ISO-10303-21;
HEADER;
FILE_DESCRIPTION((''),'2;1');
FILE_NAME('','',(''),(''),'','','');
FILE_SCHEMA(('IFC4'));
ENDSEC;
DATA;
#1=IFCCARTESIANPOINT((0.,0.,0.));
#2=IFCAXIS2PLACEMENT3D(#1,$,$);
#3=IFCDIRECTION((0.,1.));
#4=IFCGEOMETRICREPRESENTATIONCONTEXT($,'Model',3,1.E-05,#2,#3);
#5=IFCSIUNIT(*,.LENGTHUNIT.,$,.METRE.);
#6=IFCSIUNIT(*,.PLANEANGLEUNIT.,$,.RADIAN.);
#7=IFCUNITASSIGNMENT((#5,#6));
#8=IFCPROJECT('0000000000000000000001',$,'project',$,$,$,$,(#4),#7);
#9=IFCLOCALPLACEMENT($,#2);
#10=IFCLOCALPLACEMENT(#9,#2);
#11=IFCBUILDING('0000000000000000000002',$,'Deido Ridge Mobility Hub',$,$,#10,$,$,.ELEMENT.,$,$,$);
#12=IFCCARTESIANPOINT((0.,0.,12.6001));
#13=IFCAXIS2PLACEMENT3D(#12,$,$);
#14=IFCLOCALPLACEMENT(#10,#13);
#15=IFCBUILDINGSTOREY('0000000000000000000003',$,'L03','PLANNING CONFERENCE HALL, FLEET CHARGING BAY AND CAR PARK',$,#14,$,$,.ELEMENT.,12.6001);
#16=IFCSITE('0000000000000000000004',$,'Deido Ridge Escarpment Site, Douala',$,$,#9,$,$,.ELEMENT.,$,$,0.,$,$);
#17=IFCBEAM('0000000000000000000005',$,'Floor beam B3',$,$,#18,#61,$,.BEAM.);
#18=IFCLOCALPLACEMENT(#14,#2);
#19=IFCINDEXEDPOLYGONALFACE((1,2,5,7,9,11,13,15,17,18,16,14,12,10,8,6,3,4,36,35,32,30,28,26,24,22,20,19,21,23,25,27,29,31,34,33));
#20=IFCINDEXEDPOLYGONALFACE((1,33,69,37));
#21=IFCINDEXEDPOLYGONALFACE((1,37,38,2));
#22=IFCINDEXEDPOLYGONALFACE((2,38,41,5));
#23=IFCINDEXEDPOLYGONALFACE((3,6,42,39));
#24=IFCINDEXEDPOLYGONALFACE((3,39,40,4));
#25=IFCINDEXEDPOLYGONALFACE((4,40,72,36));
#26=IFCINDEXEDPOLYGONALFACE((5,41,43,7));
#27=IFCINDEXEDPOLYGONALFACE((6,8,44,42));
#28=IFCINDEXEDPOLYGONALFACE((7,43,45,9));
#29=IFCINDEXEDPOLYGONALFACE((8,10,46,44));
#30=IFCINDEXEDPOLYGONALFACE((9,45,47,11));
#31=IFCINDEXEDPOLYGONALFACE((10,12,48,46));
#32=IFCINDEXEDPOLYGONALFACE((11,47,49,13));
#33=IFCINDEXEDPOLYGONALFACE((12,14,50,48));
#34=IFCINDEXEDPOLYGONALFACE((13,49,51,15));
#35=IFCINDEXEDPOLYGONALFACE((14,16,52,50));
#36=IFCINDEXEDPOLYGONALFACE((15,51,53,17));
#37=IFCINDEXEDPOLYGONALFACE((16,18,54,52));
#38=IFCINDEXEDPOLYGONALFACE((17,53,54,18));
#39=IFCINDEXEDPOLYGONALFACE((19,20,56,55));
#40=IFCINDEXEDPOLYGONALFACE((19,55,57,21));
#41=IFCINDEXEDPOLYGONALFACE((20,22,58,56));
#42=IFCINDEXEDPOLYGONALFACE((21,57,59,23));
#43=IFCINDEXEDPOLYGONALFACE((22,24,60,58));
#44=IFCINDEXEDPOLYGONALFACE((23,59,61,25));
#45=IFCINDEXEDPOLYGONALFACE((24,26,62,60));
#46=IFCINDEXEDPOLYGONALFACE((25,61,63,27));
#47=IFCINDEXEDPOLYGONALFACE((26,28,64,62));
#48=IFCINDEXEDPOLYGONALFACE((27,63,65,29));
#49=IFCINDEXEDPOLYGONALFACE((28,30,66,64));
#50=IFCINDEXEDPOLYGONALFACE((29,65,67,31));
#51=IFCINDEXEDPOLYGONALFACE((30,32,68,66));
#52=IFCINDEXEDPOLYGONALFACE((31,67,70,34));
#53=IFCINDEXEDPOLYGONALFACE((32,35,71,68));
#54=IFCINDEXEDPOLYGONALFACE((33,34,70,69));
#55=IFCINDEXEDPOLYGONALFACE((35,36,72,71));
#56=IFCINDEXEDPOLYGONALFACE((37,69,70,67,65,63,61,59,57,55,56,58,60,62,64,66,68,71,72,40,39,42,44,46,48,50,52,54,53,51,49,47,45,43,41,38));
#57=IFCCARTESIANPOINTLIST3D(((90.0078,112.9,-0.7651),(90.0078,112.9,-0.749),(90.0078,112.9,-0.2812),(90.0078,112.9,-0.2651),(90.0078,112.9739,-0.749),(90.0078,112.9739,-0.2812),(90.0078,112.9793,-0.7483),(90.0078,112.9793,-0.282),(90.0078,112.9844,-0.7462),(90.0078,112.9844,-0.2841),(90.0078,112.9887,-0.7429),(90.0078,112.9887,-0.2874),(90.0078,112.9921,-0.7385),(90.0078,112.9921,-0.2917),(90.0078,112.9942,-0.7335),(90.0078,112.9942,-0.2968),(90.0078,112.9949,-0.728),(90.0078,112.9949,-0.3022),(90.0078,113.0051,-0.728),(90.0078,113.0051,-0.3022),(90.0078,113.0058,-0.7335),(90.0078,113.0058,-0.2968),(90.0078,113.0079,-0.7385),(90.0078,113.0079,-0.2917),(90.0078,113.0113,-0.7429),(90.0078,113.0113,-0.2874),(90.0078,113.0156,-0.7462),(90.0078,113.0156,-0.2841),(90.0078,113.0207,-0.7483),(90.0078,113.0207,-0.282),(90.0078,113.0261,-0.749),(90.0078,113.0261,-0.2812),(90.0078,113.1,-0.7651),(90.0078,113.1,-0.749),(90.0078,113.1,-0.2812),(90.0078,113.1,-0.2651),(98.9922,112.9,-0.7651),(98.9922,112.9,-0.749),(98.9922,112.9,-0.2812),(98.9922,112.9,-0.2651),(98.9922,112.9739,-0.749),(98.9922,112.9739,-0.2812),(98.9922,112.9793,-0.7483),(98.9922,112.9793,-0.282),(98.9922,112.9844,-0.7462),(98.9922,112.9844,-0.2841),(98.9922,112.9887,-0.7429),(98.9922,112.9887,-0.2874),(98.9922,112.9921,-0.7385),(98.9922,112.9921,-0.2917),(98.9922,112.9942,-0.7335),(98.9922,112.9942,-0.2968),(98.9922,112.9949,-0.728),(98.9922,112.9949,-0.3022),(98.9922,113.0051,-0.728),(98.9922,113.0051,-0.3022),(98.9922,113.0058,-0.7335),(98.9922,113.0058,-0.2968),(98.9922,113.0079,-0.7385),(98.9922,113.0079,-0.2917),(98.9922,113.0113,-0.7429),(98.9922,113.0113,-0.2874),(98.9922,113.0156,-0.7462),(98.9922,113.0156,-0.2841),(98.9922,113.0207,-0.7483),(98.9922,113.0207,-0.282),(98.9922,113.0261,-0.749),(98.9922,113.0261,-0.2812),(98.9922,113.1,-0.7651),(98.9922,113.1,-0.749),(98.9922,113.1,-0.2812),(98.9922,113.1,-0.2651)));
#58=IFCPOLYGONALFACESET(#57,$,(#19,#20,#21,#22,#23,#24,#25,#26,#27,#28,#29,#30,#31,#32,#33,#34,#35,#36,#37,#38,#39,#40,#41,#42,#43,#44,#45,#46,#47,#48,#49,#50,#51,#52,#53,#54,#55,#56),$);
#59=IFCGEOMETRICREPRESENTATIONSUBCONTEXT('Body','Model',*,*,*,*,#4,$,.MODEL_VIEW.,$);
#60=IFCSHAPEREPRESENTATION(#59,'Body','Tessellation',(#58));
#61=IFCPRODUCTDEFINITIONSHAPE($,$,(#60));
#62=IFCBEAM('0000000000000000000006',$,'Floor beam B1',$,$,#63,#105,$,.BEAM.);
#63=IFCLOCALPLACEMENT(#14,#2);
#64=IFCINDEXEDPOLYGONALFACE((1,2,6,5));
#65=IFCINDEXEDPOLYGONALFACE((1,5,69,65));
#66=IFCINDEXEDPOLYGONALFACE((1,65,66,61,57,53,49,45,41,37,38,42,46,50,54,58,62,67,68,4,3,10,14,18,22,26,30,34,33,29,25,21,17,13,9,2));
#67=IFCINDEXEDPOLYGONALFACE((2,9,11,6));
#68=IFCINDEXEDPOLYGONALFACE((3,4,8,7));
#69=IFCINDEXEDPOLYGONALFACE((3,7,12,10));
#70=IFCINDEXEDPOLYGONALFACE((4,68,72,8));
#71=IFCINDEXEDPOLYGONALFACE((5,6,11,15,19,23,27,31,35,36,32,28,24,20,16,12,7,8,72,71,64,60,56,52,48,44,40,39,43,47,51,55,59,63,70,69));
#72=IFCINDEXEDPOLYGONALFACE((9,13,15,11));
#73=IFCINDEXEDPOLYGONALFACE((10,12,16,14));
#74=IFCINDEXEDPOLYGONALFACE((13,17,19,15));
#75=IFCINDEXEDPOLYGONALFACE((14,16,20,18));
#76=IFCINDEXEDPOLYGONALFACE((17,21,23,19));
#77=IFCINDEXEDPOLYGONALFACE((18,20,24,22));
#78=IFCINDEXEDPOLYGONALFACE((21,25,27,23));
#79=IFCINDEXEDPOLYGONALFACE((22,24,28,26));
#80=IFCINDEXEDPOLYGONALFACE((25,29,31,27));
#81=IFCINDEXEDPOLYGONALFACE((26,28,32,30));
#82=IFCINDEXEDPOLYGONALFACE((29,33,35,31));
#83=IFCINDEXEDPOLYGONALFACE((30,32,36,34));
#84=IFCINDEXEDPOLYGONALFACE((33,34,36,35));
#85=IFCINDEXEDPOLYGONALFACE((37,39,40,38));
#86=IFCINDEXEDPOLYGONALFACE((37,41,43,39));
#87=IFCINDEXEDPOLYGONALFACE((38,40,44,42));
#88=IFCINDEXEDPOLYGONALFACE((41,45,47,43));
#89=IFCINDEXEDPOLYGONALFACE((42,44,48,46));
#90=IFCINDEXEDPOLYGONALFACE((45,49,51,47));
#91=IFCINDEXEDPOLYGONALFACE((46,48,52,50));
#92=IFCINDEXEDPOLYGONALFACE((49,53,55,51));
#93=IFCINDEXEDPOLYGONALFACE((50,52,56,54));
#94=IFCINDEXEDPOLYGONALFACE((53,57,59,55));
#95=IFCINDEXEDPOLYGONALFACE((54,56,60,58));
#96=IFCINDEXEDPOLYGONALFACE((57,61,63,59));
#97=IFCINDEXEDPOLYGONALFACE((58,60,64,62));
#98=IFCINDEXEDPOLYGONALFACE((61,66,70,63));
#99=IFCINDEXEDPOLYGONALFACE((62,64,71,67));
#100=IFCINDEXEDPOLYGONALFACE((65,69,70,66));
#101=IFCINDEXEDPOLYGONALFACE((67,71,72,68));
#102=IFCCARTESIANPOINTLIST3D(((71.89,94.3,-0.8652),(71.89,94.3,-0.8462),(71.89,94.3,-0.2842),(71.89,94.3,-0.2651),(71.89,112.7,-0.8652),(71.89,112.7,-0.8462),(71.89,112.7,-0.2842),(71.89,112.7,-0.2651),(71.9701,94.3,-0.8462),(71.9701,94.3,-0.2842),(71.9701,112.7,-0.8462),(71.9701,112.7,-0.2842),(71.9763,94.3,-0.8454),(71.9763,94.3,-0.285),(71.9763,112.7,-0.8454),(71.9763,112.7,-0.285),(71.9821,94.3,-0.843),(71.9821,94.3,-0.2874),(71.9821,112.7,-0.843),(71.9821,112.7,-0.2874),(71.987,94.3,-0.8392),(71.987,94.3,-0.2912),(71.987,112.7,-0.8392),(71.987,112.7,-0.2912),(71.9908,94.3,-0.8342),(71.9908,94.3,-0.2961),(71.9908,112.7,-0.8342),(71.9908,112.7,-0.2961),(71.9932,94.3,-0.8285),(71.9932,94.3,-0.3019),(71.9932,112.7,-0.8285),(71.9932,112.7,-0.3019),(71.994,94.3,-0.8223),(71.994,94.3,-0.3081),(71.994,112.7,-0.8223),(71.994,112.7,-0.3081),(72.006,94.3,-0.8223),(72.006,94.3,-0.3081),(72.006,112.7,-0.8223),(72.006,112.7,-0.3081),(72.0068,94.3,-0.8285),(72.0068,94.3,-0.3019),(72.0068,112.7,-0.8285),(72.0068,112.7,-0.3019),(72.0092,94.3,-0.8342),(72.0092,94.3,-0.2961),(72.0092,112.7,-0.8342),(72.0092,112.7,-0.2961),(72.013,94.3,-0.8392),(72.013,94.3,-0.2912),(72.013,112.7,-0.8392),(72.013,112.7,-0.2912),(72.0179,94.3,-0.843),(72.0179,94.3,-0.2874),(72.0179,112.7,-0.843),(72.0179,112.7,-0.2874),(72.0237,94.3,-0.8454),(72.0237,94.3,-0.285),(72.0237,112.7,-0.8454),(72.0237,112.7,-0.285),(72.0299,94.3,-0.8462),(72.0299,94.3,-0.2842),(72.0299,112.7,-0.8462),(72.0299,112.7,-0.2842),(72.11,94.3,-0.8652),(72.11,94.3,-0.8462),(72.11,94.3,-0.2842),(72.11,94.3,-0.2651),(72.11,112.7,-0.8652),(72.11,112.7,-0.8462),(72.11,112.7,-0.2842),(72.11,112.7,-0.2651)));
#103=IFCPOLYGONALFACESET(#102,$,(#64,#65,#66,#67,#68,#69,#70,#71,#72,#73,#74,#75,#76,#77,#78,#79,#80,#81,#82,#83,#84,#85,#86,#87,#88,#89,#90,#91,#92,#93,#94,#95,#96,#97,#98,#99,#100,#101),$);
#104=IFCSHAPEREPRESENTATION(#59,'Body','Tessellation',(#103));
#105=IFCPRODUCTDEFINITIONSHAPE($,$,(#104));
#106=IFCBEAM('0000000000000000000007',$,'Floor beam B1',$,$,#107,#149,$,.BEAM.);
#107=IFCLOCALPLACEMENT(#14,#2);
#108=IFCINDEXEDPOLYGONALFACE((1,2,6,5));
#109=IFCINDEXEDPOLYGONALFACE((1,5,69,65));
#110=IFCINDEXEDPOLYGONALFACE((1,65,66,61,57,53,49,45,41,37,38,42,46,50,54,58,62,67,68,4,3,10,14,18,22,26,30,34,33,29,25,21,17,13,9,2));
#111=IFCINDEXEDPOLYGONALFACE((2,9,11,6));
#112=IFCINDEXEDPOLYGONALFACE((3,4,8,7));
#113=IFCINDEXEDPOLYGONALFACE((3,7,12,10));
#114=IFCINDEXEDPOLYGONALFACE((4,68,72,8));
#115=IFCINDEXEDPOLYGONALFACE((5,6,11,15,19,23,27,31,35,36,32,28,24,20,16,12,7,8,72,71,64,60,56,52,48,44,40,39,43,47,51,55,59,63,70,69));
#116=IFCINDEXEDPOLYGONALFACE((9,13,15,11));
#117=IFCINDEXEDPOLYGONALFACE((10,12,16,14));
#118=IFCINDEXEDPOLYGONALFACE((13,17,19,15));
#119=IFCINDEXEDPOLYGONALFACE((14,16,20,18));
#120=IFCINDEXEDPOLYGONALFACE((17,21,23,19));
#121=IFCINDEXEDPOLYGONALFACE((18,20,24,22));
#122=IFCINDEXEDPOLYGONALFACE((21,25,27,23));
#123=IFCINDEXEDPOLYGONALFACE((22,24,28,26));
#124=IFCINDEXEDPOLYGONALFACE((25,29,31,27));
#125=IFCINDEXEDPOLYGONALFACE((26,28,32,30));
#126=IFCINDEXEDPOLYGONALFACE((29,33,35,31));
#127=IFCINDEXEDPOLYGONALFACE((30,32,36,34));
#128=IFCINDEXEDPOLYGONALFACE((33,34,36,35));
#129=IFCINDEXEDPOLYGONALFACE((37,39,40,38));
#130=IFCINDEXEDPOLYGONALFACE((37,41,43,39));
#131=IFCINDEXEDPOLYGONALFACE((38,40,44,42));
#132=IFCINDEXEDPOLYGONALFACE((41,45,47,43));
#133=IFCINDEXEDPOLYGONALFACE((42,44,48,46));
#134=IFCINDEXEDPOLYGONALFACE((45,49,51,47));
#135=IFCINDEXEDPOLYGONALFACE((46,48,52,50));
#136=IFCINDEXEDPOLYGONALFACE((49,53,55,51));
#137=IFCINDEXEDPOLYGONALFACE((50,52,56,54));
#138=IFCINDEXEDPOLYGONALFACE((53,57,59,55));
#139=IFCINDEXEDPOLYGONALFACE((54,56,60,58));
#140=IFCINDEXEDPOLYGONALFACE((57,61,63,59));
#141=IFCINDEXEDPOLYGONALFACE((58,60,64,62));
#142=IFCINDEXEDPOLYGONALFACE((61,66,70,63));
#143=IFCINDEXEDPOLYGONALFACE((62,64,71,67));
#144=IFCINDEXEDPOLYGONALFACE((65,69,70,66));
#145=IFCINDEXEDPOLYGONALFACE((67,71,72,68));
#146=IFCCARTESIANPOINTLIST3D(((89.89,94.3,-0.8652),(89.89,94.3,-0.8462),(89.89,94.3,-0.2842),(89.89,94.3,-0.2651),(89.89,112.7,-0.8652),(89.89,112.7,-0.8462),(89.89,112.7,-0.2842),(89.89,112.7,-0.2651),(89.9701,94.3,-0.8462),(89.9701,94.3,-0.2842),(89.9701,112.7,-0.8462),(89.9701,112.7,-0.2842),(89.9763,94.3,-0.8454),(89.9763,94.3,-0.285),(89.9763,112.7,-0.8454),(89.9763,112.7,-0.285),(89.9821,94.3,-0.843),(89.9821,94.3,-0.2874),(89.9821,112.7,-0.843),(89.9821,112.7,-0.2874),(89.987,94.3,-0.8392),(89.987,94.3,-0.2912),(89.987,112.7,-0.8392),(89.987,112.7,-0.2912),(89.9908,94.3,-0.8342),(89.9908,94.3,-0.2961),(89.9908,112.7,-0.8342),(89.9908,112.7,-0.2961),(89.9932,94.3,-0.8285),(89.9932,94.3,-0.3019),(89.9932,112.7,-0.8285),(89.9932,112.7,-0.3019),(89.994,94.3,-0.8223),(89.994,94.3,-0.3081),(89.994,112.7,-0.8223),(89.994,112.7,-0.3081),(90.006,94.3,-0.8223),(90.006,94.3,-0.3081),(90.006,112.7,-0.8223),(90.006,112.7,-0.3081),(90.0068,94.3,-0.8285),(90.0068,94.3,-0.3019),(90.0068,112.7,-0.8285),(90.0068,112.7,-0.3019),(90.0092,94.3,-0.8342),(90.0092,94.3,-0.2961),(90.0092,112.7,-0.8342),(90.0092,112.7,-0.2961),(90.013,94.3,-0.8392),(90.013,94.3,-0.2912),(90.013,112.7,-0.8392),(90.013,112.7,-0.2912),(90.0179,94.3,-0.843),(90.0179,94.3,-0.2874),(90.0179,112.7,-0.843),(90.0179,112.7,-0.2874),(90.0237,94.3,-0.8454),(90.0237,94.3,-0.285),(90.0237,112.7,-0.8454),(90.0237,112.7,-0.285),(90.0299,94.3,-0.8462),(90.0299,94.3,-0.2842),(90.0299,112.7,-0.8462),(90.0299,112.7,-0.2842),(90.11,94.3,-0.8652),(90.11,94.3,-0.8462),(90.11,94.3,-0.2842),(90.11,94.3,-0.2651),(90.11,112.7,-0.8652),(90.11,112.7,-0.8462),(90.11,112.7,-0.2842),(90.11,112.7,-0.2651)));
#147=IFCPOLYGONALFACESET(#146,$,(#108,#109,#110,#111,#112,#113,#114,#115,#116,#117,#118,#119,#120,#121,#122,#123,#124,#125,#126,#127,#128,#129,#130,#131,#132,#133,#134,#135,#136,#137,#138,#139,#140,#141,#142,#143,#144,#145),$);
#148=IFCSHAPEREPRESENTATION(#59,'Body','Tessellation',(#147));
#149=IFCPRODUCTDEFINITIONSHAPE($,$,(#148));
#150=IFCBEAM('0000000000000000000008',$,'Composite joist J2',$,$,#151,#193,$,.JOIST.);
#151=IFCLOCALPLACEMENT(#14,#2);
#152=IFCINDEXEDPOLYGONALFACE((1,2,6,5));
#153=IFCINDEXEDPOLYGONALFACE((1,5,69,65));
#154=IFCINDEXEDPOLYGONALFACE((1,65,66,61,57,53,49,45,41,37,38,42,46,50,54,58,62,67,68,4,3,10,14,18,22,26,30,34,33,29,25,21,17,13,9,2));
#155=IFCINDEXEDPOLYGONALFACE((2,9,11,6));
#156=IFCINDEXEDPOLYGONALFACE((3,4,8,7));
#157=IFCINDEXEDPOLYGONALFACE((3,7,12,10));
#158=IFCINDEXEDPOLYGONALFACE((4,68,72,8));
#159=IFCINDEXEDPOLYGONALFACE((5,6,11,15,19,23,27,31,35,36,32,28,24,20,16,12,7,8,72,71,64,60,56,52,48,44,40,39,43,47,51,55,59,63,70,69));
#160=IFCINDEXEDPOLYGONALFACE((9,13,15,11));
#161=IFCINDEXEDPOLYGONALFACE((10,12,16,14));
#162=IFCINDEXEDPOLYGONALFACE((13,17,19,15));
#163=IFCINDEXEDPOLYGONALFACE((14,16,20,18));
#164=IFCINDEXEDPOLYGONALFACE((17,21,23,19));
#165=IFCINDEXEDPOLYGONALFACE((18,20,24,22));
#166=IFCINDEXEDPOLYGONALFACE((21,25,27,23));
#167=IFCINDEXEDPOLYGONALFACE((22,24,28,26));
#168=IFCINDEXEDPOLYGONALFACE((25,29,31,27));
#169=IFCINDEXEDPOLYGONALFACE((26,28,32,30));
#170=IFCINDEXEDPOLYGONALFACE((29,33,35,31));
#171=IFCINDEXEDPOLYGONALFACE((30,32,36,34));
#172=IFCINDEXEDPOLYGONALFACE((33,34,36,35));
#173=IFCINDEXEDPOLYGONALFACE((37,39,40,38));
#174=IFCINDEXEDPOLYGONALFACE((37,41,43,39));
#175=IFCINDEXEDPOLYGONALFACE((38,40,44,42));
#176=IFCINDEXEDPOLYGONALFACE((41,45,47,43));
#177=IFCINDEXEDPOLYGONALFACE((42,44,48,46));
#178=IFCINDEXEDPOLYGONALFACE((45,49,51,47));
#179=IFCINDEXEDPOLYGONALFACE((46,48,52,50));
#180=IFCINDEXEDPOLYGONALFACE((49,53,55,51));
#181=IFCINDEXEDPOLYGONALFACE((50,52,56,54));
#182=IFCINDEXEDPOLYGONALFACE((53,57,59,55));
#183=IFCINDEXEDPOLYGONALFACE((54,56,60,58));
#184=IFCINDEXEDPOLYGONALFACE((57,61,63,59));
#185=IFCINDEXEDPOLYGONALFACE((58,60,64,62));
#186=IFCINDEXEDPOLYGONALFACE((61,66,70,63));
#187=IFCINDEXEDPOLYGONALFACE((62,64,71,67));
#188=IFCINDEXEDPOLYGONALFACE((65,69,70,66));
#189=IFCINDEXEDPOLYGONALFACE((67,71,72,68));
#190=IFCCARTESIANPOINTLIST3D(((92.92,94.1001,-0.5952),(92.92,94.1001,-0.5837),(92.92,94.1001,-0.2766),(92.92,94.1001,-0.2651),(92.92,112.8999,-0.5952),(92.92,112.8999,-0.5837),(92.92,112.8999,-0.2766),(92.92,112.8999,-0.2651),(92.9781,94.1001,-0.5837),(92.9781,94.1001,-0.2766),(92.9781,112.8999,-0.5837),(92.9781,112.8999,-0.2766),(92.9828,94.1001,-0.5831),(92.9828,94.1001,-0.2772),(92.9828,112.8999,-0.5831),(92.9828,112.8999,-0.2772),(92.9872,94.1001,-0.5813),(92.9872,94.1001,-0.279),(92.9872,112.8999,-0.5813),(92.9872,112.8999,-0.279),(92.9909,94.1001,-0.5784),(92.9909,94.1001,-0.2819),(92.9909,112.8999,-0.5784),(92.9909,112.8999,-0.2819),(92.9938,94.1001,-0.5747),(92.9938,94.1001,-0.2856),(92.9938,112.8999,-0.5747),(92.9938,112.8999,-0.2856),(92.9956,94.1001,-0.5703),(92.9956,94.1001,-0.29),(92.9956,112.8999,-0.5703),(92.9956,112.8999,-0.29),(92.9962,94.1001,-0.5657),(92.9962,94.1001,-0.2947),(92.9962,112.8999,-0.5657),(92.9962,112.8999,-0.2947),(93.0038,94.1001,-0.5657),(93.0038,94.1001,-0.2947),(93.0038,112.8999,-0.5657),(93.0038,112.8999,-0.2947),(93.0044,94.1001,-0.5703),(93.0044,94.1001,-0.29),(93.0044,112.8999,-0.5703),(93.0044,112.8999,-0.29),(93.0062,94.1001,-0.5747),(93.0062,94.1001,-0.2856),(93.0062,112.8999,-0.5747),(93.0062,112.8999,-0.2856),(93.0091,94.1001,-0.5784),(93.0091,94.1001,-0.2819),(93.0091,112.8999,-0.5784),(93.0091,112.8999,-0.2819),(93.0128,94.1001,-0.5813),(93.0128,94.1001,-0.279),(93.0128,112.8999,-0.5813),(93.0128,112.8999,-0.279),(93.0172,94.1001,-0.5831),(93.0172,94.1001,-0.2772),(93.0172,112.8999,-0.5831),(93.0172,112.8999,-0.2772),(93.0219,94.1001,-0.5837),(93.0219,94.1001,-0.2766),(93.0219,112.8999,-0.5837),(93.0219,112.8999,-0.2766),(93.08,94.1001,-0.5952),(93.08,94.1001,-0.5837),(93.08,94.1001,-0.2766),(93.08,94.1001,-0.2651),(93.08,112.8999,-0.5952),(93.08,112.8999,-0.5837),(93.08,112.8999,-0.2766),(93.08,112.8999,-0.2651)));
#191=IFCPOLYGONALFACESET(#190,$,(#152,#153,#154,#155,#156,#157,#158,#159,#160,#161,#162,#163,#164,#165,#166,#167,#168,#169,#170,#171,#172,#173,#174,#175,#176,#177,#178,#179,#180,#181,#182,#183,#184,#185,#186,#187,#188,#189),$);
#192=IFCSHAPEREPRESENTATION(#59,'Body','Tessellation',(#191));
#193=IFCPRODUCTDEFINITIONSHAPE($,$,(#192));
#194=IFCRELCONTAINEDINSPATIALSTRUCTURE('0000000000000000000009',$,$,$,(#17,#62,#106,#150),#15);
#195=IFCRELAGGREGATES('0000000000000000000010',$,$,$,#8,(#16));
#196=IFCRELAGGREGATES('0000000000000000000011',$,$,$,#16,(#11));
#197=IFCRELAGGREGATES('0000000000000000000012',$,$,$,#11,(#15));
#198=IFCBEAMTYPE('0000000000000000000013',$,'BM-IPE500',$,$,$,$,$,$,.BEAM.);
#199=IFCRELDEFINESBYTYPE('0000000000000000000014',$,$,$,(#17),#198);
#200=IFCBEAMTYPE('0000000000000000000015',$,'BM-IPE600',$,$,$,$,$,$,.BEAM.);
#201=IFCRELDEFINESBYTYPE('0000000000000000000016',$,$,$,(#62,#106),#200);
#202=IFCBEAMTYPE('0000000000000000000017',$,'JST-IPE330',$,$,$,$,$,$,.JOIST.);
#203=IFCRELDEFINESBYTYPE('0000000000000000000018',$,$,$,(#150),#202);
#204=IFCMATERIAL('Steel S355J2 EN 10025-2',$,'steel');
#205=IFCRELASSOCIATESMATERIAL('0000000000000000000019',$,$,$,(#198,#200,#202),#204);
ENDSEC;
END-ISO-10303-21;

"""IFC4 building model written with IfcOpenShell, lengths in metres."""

from ifc_helpers import new_model, si_unit, direction, frame, origin, origin_2d, place, context, subcontext, project, spatial, i_section, extrude, material, material_profile, profile_set, type_object, element, save


model = new_model("IFC4")

# Units and contexts
model_context = context("Model", 3, precision=1e-05, world=origin(), true_north=direction((0.0, 1.0)))
body_context = subcontext(model_context, "Body", "Model", "MODEL_VIEW")
ifc_project = project(units=[si_unit("LENGTHUNIT", "METRE"), si_unit("PLANEANGLEUNIT", "RADIAN")], contexts=[model_context])

# Site, building, storey
site_placement = place(None, origin())
site = spatial("IfcSite", under=ifc_project, at=site_placement, Name="Deido Ridge Escarpment Site, Douala", CompositionType="ELEMENT", RefElevation=0.0)
building_placement = place(site_placement, origin())
building = spatial("IfcBuilding", under=site, at=building_placement, Name="Deido Ridge Mobility Hub", CompositionType="ELEMENT")
storey_placement = place(building_placement, frame((0.0, 0.0, 12.6001)))
storey = spatial("IfcBuildingStorey", under=building, at=storey_placement, Name="L03", Description="PLANNING CONFERENCE HALL, FLEET CHARGING BAY AND CAR PARK", CompositionType="ELEMENT", Elevation=12.6001)

# Shared definitions
ifc_material_1 = material(Name="Steel S355J2 EN 10025-2", Category="steel")

# Beams
ifc_material_profile_1 = material_profile(ifc_material_1, i_section(OverallWidth=0.2, OverallDepth=0.5, WebThickness=0.0103, FlangeThickness=0.0161, FilletRadius=0.021, at=origin_2d()), Name="IPE 500")
ifc_profile_set_1 = profile_set([ifc_material_profile_1], Name="Steel S355J2 EN 10025-2")
beam_type_1 = type_object("IfcBeamType", Name="BM-IPE500", PredefinedType="BEAM", material=ifc_profile_set_1)
for number, where, z_axis, x_axis, name in (
    (1, (90.0078, 113.0, -0.5151), (1.0, 0.0, 0.0), (0.0, 1.0, 0.0), "Floor beam B3"),
):
    element("IfcBeam", number, at=place(storey_placement, frame(where, z_axis=z_axis, x_axis=x_axis)), inside=storey, type_object=beam_type_1, Name=name, PredefinedType="BEAM", context=body_context, shape_type="SweptSolid", body=[
        extrude(i_section(OverallWidth=0.2, OverallDepth=0.5, WebThickness=0.0103, FlangeThickness=0.0161, FilletRadius=0.021, at=origin_2d()), origin(), (0.0, 0.0, 1.0), 8.9844),
    ])
ifc_material_profile_2 = material_profile(ifc_material_1, i_section(OverallWidth=0.22, OverallDepth=0.6001, WebThickness=0.012, FlangeThickness=0.019, FilletRadius=0.0239, at=origin_2d()), Name="IPE 600")
ifc_profile_set_2 = profile_set([ifc_material_profile_2], Name="Steel S355J2 EN 10025-2")
beam_type_2 = type_object("IfcBeamType", Name="BM-IPE600", PredefinedType="BEAM", material=ifc_profile_set_2)
for number, where, z_axis, x_axis, name in (
    (2, (72.0, 94.3, -0.5652), (0.0, 1.0, 0.0), (-1.0, 0.0, 0.0), "Floor beam B1"),
    (3, (90.0, 94.3, -0.5652), (0.0, 1.0, 0.0), (-1.0, 0.0, 0.0), "Floor beam B1"),
):
    element("IfcBeam", number, at=place(storey_placement, frame(where, z_axis=z_axis, x_axis=x_axis)), inside=storey, type_object=beam_type_2, Name=name, PredefinedType="BEAM", context=body_context, shape_type="SweptSolid", body=[
        extrude(i_section(OverallWidth=0.22, OverallDepth=0.6001, WebThickness=0.012, FlangeThickness=0.019, FilletRadius=0.0239, at=origin_2d()), origin(), (0.0, 0.0, 1.0), 18.3999),
    ])
ifc_material_profile_3 = material_profile(ifc_material_1, i_section(OverallWidth=0.1599, OverallDepth=0.3301, WebThickness=0.0076, FlangeThickness=0.0115, FilletRadius=0.0181, at=origin_2d()), Name="IPE 330")
ifc_profile_set_3 = profile_set([ifc_material_profile_3], Name="Steel S355J2 EN 10025-2")
beam_type_3 = type_object("IfcBeamType", Name="JST-IPE330", PredefinedType="JOIST", material=ifc_profile_set_3)
beam_1_placement = place(storey_placement, frame((93.0, 94.1001, -0.4302), z_axis=(0.0, 1.0, 0.0), x_axis=(-1.0, 0.0, 0.0)))
element("IfcBeam", 4, at=beam_1_placement, inside=storey, type_object=beam_type_3, Name="Composite joist J2", PredefinedType="JOIST", context=body_context, shape_type="SweptSolid", body=[
    extrude(i_section(OverallWidth=0.1599, OverallDepth=0.3301, WebThickness=0.0076, FlangeThickness=0.0115, FilletRadius=0.0181, at=origin_2d()), origin(), (0.0, 0.0, 1.0), 18.7998),
])

save(model, "model.ifc")
